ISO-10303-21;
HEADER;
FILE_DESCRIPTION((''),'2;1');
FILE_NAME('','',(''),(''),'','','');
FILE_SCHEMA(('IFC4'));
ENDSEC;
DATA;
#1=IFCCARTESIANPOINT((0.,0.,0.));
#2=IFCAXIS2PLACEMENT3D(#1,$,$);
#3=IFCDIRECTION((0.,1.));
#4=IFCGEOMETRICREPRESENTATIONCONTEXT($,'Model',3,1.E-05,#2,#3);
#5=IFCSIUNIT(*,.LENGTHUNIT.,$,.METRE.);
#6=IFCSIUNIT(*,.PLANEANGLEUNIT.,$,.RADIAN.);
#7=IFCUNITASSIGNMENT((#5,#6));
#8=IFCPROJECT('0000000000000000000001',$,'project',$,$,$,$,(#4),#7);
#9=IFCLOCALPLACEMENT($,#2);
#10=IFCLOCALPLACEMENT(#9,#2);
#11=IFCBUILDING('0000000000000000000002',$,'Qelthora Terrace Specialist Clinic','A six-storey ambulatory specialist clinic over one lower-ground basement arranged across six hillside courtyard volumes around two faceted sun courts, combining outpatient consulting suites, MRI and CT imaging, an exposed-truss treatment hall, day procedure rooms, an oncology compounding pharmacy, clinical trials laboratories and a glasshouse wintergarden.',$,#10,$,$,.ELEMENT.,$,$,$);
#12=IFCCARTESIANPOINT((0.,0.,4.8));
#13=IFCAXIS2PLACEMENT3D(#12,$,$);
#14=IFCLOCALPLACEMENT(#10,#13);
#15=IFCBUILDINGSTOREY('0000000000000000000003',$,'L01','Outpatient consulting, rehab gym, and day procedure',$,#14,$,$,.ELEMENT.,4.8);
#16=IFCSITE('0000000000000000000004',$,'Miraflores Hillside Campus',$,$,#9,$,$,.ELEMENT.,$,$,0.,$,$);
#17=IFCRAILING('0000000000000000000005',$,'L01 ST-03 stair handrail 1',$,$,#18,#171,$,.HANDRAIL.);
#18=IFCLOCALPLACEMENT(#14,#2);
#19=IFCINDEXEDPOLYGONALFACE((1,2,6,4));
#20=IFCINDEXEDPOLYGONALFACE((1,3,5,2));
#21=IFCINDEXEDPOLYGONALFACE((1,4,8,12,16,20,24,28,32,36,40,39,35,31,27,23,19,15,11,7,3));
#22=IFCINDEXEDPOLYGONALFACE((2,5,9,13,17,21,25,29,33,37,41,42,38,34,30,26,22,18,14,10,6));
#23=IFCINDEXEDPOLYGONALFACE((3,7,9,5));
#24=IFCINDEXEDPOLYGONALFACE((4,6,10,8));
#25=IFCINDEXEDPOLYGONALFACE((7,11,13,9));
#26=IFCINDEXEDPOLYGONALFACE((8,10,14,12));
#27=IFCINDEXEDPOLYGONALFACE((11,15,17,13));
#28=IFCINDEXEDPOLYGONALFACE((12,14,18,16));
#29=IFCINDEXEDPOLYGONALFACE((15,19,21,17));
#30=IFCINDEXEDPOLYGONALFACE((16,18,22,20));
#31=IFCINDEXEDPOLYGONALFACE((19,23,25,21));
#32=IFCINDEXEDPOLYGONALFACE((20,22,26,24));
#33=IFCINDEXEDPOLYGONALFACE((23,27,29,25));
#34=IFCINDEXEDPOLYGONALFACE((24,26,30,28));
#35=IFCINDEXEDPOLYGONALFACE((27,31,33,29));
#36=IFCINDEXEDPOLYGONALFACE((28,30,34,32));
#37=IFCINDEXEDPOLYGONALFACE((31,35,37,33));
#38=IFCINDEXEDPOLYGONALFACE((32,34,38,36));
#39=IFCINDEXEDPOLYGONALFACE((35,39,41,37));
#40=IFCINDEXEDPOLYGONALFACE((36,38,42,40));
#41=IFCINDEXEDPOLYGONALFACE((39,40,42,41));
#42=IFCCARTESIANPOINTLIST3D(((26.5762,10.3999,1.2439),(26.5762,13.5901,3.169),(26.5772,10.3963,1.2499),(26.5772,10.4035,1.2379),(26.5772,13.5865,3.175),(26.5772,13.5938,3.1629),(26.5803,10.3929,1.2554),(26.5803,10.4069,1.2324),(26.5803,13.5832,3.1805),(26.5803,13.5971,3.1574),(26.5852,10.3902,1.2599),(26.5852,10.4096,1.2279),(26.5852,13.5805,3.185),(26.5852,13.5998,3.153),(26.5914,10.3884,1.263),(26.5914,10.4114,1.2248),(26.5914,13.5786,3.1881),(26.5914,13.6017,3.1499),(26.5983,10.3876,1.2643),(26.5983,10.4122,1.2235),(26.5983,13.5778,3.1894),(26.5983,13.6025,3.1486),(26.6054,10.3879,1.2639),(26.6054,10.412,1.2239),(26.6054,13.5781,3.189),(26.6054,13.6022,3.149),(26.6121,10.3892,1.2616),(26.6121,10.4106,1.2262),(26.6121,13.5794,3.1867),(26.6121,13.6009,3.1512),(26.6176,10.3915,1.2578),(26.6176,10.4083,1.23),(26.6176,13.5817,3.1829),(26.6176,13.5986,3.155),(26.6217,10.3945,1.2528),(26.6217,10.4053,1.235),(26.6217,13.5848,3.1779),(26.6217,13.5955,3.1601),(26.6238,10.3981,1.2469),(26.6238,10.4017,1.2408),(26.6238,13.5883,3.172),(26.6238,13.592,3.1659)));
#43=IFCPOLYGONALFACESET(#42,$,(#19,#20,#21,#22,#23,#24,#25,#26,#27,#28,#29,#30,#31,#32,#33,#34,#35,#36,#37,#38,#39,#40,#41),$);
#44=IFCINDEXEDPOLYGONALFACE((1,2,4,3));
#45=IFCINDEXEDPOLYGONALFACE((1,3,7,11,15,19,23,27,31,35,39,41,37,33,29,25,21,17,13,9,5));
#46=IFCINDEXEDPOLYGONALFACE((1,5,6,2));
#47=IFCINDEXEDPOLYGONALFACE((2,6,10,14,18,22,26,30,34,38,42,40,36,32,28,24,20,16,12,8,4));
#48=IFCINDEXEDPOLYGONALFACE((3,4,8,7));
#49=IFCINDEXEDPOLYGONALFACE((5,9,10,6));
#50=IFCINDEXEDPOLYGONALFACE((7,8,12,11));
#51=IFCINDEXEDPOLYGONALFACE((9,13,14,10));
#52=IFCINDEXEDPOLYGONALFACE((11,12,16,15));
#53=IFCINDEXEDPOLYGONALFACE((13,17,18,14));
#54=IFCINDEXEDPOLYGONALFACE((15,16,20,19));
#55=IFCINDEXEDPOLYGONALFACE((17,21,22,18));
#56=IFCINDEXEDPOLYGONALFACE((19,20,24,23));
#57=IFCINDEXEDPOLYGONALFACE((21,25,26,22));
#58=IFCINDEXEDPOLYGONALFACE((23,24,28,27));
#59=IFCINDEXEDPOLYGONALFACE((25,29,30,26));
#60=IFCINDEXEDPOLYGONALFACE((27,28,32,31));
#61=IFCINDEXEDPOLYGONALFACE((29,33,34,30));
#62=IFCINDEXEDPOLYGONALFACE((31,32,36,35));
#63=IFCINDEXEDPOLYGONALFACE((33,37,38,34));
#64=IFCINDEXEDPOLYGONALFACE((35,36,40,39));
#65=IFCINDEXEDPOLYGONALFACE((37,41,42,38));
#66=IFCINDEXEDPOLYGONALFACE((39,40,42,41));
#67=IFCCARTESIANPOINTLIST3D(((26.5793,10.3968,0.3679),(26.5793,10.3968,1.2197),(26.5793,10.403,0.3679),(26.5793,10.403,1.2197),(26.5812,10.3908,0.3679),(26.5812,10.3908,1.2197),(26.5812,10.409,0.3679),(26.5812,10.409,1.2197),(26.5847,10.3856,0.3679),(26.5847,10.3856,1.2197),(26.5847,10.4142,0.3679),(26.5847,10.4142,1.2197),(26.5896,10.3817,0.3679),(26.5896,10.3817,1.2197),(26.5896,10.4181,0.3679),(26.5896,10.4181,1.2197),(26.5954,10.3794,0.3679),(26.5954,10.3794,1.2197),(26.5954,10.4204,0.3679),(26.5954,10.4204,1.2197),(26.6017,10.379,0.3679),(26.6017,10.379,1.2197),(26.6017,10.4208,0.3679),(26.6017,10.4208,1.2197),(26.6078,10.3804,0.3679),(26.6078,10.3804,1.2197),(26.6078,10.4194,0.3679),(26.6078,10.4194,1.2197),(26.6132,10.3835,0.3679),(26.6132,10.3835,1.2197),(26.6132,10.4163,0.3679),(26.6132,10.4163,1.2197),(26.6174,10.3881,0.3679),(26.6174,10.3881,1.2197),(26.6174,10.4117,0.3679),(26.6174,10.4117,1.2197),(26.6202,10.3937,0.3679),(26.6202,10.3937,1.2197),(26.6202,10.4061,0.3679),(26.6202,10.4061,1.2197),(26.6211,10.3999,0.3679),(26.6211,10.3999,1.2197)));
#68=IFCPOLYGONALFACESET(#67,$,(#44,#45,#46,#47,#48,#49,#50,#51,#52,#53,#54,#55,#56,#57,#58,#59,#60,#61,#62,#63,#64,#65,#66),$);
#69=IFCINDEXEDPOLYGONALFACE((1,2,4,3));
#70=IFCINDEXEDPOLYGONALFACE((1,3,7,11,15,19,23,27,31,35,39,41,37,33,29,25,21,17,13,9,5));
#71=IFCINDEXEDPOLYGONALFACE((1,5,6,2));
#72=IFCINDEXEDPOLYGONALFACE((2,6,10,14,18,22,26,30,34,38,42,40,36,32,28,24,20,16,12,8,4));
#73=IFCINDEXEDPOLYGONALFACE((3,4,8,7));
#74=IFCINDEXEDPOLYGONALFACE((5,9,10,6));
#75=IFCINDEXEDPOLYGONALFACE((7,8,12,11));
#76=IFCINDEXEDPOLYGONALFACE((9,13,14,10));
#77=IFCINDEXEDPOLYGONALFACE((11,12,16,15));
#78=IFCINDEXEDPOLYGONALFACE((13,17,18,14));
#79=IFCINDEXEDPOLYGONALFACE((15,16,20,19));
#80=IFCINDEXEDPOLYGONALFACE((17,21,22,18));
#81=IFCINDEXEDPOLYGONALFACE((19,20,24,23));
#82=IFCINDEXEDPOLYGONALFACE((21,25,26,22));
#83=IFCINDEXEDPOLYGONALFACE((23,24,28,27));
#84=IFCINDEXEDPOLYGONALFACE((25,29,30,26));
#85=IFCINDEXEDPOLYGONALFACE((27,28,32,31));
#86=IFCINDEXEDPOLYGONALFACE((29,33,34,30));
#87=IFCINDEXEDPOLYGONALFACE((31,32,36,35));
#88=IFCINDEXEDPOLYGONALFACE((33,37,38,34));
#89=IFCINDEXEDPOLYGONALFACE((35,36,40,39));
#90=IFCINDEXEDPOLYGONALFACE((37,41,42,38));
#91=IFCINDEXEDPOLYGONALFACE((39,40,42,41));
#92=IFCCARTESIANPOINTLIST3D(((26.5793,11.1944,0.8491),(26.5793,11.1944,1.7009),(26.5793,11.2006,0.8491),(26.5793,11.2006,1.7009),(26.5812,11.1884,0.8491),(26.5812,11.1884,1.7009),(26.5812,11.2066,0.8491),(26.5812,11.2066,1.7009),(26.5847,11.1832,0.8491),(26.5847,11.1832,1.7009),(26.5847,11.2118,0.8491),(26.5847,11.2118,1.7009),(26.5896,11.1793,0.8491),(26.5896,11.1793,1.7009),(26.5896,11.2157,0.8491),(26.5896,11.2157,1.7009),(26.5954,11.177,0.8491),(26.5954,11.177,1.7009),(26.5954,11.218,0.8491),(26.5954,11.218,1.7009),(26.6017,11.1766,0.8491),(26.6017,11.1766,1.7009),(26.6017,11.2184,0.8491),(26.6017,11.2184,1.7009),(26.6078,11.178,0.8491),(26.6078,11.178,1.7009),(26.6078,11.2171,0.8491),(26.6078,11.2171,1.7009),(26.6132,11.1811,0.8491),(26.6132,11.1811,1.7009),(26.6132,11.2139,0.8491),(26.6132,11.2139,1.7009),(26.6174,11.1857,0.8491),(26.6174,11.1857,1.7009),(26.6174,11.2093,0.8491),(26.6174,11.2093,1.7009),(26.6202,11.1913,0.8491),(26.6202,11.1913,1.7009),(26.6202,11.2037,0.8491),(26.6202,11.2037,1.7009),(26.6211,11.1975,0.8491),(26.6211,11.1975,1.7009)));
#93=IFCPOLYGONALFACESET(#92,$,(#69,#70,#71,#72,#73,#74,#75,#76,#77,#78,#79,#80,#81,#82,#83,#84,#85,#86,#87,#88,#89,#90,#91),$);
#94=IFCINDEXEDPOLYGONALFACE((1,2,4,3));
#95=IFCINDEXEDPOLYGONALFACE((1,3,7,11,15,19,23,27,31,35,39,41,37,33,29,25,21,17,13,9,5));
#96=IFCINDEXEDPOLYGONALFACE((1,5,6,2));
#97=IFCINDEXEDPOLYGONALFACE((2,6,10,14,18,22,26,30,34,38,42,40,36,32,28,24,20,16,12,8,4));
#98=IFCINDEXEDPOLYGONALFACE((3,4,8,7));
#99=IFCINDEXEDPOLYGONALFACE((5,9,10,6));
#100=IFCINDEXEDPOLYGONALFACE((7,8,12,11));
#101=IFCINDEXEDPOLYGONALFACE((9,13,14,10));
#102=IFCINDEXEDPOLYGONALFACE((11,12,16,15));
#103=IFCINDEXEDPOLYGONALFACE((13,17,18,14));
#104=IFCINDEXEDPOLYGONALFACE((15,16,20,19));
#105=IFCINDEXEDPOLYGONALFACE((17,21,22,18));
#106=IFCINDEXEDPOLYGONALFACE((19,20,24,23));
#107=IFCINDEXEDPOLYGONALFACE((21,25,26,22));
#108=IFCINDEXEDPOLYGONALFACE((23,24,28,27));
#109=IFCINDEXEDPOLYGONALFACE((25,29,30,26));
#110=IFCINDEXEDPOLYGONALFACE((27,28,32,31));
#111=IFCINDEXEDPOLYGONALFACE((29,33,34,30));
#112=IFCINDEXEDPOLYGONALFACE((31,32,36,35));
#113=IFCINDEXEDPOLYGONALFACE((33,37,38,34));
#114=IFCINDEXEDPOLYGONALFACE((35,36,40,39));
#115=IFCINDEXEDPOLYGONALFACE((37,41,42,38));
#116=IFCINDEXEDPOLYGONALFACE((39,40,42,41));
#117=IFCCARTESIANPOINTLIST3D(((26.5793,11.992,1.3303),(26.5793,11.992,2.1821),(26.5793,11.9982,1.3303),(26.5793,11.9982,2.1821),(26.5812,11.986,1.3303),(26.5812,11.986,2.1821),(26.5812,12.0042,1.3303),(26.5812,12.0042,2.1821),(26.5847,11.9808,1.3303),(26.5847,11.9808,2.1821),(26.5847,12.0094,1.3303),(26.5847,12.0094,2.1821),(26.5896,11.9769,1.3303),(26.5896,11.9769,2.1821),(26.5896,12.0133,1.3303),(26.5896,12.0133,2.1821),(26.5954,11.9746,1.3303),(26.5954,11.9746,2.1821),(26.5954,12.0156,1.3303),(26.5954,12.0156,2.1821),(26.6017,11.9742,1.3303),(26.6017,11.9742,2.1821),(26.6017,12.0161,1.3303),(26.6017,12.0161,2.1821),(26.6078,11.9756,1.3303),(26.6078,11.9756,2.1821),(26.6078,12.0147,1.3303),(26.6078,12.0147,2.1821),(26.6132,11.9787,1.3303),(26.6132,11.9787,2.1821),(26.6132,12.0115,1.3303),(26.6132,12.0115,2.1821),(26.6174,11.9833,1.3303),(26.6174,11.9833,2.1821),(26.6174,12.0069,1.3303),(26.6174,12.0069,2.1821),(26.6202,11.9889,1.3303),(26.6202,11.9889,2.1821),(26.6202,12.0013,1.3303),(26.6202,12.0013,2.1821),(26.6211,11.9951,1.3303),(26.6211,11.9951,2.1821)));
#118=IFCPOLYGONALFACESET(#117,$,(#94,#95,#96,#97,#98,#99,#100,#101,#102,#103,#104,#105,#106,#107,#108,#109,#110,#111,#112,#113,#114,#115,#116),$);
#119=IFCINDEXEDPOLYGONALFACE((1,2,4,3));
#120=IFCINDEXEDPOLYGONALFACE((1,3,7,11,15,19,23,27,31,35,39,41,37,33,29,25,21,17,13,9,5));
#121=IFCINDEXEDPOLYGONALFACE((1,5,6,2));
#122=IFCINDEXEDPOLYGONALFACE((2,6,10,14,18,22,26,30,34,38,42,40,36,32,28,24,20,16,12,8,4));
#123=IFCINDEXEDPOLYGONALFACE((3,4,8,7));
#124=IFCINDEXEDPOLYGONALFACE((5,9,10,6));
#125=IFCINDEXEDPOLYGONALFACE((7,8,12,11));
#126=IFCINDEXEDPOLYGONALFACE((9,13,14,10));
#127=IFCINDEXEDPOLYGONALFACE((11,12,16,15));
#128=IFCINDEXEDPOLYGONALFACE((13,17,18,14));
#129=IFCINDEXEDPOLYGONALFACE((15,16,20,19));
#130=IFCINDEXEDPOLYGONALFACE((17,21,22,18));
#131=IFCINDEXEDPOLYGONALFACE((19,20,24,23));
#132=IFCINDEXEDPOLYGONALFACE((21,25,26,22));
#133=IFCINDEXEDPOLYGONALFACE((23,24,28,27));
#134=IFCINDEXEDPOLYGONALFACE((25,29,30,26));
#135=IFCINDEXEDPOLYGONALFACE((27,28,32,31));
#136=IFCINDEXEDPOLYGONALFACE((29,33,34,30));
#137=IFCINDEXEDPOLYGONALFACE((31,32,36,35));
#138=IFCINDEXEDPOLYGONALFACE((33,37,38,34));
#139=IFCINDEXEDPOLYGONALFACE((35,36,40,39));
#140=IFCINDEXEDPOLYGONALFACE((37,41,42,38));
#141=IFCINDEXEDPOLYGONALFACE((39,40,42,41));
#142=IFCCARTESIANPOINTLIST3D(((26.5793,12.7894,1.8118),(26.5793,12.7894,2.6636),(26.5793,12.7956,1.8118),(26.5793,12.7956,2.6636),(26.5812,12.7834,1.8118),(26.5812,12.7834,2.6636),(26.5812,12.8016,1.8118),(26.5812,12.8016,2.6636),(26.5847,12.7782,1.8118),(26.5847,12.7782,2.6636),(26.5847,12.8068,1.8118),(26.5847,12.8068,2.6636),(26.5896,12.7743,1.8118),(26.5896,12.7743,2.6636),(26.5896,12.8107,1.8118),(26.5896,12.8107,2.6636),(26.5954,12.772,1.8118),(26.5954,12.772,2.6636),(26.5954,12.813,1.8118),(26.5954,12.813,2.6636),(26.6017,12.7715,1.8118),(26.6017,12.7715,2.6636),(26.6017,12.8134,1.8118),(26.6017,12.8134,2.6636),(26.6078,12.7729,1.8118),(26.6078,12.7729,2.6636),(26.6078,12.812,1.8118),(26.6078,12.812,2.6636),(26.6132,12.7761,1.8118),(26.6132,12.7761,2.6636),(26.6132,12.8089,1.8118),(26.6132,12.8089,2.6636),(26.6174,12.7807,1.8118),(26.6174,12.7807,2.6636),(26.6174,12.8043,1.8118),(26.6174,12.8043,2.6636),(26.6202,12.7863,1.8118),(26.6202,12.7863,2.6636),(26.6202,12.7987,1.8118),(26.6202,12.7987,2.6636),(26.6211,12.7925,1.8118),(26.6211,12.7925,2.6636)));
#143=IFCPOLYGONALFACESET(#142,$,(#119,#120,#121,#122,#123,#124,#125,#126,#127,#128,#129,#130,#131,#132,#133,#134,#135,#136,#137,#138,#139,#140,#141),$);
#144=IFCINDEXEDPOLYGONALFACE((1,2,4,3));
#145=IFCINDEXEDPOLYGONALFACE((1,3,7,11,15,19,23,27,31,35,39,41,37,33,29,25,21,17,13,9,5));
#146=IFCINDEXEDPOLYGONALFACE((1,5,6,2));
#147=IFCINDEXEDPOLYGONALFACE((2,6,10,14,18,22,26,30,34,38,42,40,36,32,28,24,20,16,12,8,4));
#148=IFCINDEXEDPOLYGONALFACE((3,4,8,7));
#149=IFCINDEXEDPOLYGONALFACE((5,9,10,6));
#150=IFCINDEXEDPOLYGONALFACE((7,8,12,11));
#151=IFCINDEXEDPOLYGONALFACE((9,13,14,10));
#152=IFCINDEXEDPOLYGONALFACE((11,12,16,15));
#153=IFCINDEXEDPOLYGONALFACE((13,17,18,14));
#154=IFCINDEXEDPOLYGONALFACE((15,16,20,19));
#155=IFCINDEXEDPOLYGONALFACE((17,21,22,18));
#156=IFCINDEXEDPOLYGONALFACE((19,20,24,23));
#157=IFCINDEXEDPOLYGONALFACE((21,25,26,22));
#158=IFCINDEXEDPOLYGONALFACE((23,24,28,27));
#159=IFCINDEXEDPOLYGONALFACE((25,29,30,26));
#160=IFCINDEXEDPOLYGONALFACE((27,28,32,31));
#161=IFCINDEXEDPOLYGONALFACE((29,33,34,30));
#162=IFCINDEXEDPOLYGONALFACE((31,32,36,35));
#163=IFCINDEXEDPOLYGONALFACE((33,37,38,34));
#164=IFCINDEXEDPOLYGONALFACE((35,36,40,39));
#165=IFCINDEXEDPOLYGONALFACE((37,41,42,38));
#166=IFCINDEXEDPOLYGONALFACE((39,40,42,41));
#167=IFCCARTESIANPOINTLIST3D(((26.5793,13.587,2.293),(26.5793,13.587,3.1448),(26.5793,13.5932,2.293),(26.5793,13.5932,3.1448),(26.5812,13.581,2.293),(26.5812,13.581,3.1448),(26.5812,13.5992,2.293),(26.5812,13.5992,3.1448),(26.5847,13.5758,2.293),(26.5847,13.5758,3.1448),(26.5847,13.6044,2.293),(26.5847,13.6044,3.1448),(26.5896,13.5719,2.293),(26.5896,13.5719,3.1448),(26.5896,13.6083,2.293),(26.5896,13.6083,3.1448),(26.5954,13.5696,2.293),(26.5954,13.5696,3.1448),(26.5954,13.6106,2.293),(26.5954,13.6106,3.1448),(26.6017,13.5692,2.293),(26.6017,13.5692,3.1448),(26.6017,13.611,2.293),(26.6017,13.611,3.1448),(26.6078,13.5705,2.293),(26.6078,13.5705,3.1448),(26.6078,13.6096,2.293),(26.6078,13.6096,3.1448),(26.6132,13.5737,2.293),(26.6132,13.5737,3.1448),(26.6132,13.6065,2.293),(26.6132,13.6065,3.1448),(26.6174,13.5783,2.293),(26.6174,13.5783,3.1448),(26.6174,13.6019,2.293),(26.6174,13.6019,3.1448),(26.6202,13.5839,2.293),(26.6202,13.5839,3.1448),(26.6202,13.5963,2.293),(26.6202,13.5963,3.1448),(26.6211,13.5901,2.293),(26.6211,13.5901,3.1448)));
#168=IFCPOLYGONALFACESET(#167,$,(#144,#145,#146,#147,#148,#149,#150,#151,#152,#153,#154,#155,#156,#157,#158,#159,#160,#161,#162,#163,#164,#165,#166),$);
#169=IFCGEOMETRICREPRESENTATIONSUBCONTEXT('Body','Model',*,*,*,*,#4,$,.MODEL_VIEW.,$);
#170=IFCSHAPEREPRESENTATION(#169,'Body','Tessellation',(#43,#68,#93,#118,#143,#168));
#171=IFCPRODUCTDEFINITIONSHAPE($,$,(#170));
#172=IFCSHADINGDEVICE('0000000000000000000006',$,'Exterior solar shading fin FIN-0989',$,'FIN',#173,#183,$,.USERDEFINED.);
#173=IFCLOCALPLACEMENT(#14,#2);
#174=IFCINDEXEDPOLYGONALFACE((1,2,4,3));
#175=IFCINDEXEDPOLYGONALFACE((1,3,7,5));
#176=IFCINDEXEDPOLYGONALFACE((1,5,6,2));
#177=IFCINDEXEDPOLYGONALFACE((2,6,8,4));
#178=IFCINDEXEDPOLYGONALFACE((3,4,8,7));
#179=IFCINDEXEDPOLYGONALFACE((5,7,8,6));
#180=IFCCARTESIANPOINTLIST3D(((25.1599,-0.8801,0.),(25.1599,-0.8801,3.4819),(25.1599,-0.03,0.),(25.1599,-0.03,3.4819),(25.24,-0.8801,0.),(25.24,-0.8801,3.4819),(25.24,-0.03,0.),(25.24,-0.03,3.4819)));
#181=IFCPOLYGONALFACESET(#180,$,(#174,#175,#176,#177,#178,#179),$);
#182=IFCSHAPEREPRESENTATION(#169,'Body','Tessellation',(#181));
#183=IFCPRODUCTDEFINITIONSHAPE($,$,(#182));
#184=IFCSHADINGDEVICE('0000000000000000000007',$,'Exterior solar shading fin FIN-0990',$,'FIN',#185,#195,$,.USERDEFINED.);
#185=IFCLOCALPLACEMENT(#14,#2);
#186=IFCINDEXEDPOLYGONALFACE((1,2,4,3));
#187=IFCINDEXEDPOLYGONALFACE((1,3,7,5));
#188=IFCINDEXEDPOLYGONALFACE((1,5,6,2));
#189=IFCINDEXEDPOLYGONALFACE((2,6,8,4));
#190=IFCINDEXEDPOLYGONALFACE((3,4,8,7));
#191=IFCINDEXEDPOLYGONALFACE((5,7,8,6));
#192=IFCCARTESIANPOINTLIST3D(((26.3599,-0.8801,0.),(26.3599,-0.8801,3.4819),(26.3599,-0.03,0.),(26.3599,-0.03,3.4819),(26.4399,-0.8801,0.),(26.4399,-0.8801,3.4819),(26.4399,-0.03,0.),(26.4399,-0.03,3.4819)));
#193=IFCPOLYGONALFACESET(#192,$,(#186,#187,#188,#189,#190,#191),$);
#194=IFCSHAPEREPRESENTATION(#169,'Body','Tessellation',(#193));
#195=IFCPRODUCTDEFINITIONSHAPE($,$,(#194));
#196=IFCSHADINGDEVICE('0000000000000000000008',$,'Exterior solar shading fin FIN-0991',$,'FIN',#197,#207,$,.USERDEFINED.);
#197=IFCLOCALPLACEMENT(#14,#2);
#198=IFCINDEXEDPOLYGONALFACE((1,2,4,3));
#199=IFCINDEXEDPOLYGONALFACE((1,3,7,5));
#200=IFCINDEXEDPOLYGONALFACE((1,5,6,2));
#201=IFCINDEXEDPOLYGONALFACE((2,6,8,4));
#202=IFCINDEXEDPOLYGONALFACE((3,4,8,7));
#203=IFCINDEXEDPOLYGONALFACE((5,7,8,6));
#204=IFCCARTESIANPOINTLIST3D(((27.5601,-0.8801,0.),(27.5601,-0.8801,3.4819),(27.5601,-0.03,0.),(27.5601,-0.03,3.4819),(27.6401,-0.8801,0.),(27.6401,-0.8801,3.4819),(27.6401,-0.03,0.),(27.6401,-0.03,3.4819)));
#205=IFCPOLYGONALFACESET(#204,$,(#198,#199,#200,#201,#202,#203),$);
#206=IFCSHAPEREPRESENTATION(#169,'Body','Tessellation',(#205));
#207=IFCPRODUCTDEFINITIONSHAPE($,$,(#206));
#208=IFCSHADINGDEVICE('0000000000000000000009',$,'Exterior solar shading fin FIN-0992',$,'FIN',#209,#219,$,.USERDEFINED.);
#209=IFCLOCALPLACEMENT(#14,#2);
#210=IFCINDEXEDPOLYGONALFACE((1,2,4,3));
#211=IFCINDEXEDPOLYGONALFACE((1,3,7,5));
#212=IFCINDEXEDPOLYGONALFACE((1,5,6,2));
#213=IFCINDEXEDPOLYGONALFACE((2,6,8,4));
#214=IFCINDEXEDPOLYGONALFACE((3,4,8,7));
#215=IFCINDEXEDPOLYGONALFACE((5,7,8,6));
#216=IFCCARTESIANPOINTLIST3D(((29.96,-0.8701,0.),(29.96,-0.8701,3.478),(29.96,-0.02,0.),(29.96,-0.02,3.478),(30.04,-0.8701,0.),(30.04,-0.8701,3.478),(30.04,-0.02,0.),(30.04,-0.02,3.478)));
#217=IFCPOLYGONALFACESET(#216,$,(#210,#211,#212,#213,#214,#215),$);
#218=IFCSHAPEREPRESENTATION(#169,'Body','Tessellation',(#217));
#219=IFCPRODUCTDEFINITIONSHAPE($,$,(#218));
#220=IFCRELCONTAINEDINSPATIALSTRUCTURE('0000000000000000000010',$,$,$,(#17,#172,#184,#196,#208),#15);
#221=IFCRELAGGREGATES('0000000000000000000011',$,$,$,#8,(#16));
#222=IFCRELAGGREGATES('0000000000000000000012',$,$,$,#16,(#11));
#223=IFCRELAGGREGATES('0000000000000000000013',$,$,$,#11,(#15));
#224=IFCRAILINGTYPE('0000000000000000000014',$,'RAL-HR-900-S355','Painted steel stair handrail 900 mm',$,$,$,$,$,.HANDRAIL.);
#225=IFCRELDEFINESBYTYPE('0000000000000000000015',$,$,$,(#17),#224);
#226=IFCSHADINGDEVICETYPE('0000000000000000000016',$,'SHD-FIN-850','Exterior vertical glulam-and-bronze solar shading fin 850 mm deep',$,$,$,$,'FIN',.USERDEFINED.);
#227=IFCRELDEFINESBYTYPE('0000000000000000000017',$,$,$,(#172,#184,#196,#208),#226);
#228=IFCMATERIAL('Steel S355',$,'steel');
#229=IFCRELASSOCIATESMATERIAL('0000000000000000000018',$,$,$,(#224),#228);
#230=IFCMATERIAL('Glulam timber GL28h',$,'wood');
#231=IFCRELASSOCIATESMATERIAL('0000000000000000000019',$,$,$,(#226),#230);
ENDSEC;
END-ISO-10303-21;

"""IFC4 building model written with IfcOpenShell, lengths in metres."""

from ifc_helpers import new_model, si_unit, direction, frame, origin, origin_2d, place, context, subcontext, project, spatial, rectangle, circle, extrude, material, type_object, element, save


model = new_model("IFC4")

# Units and contexts
model_context = context("Model", 3, precision=1e-05, world=origin(), true_north=direction((0.0, 1.0)))
body_context = subcontext(model_context, "Body", "Model", "MODEL_VIEW")
ifc_project = project(units=[si_unit("LENGTHUNIT", "METRE"), si_unit("PLANEANGLEUNIT", "RADIAN")], contexts=[model_context])

# Site, building, storey
site_placement = place(None, origin())
site = spatial("IfcSite", under=ifc_project, at=site_placement, Name="Miraflores Hillside Campus", CompositionType="ELEMENT", RefElevation=0.0)
building_placement = place(site_placement, origin())
building = spatial("IfcBuilding", under=site, at=building_placement, Name="Qelthora Terrace Specialist Clinic", Description="A six-storey ambulatory specialist clinic over one lower-ground basement arranged across six hillside courtyard volumes around two faceted sun courts, combining outpatient consulting suites, MRI and CT imaging, an exposed-truss treatment hall, day procedure rooms, an oncology compounding pharmacy, clinical trials laboratories and a glasshouse wintergarden.", CompositionType="ELEMENT")
storey_placement = place(building_placement, frame((0.0, 0.0, 4.8)))
storey = spatial("IfcBuildingStorey", under=building, at=storey_placement, Name="L01", Description="Outpatient consulting, rehab gym, and day procedure", CompositionType="ELEMENT", Elevation=4.8)

# Shared definitions
ifc_material_1 = material(Name="Steel S355", Category="steel")

# Railing
railing_type_1 = type_object("IfcRailingType", Name="RAL-HR-900-S355", Description="Painted steel stair handrail 900 mm", PredefinedType="HANDRAIL", material=ifc_material_1)
railing_1_placement = place(storey_placement, frame((26.6001, 10.3999, 0.3679)))
element("IfcRailing", 1, at=railing_1_placement, inside=storey, type_object=railing_type_1, Name="L01 ST-03 stair handrail 1", PredefinedType="HANDRAIL", context=body_context, shape_type="SweptSolid", body=[
    extrude(circle(Radius=0.0239, at=origin_2d()), frame((0.0, 0.0, 0.876), z_axis=(0.0, 0.856195, 0.516653), x_axis=(-1.0, 0.0, 0.0)), (0.0, 0.0, 1.0), 3.7261),
    extrude(circle(Radius=0.021, at=origin_2d()), origin(), (0.0, 0.0, 1.0), 0.8518),
    extrude(circle(Radius=0.021, at=origin_2d()), frame((0.0, 0.7976, 0.4812)), (0.0, 0.0, 1.0), 0.8518),
    extrude(circle(Radius=0.021, at=origin_2d()), frame((0.0, 1.5952, 0.9624)), (0.0, 0.0, 1.0), 0.8518),
    extrude(circle(Radius=0.021, at=origin_2d()), frame((0.0, 2.3926, 1.4438)), (0.0, 0.0, 1.0), 0.8518),
    extrude(circle(Radius=0.021, at=origin_2d()), frame((0.0, 3.1902, 1.925)), (0.0, 0.0, 1.0), 0.8518),
])

# Shading devices
ifc_material_2 = material(Name="Glulam timber GL28h", Category="wood")
shading_device_type = type_object("IfcShadingDeviceType", Name="SHD-FIN-850", Description="Exterior vertical glulam-and-bronze solar shading fin 850 mm deep", ElementType="FIN", PredefinedType="USERDEFINED", material=ifc_material_2)
for number, where, z_axis, x_axis, name in (
    (2, (25.2, -0.4551, 0.0), (0.0, 0.0, 1.0), (0.0, -1.0, 0.0), "Exterior solar shading fin FIN-0989"),
    (3, (26.3999, -0.4551, 0.0), (0.0, 0.0, 1.0), (0.0, -1.0, 0.0), "Exterior solar shading fin FIN-0990"),
    (4, (27.6001, -0.4551, 0.0), (0.0, 0.0, 1.0), (0.0, -1.0, 0.0), "Exterior solar shading fin FIN-0991"),
):
    element("IfcShadingDevice", number, at=place(storey_placement, frame(where, z_axis=z_axis, x_axis=x_axis)), inside=storey, type_object=shading_device_type, Name=name, ObjectType="FIN", PredefinedType="USERDEFINED", context=body_context, shape_type="SweptSolid", body=[
        extrude(rectangle(XDim=0.8501, YDim=0.0801, at=origin_2d()), origin(), (0.0, 0.0, 1.0), 3.4819),
    ])
for number, where, z_axis, x_axis, name in (
    (5, (30.0, -0.4451, 0.0), (0.0, 0.0, 1.0), (0.0, -1.0, 0.0), "Exterior solar shading fin FIN-0992"),
):
    element("IfcShadingDevice", number, at=place(storey_placement, frame(where, z_axis=z_axis, x_axis=x_axis)), inside=storey, type_object=shading_device_type, Name=name, ObjectType="FIN", PredefinedType="USERDEFINED", context=body_context, shape_type="SweptSolid", body=[
        extrude(rectangle(XDim=0.8501, YDim=0.0801, at=origin_2d()), origin(), (0.0, 0.0, 1.0), 3.478),
    ])

save(model, "model.ifc")
